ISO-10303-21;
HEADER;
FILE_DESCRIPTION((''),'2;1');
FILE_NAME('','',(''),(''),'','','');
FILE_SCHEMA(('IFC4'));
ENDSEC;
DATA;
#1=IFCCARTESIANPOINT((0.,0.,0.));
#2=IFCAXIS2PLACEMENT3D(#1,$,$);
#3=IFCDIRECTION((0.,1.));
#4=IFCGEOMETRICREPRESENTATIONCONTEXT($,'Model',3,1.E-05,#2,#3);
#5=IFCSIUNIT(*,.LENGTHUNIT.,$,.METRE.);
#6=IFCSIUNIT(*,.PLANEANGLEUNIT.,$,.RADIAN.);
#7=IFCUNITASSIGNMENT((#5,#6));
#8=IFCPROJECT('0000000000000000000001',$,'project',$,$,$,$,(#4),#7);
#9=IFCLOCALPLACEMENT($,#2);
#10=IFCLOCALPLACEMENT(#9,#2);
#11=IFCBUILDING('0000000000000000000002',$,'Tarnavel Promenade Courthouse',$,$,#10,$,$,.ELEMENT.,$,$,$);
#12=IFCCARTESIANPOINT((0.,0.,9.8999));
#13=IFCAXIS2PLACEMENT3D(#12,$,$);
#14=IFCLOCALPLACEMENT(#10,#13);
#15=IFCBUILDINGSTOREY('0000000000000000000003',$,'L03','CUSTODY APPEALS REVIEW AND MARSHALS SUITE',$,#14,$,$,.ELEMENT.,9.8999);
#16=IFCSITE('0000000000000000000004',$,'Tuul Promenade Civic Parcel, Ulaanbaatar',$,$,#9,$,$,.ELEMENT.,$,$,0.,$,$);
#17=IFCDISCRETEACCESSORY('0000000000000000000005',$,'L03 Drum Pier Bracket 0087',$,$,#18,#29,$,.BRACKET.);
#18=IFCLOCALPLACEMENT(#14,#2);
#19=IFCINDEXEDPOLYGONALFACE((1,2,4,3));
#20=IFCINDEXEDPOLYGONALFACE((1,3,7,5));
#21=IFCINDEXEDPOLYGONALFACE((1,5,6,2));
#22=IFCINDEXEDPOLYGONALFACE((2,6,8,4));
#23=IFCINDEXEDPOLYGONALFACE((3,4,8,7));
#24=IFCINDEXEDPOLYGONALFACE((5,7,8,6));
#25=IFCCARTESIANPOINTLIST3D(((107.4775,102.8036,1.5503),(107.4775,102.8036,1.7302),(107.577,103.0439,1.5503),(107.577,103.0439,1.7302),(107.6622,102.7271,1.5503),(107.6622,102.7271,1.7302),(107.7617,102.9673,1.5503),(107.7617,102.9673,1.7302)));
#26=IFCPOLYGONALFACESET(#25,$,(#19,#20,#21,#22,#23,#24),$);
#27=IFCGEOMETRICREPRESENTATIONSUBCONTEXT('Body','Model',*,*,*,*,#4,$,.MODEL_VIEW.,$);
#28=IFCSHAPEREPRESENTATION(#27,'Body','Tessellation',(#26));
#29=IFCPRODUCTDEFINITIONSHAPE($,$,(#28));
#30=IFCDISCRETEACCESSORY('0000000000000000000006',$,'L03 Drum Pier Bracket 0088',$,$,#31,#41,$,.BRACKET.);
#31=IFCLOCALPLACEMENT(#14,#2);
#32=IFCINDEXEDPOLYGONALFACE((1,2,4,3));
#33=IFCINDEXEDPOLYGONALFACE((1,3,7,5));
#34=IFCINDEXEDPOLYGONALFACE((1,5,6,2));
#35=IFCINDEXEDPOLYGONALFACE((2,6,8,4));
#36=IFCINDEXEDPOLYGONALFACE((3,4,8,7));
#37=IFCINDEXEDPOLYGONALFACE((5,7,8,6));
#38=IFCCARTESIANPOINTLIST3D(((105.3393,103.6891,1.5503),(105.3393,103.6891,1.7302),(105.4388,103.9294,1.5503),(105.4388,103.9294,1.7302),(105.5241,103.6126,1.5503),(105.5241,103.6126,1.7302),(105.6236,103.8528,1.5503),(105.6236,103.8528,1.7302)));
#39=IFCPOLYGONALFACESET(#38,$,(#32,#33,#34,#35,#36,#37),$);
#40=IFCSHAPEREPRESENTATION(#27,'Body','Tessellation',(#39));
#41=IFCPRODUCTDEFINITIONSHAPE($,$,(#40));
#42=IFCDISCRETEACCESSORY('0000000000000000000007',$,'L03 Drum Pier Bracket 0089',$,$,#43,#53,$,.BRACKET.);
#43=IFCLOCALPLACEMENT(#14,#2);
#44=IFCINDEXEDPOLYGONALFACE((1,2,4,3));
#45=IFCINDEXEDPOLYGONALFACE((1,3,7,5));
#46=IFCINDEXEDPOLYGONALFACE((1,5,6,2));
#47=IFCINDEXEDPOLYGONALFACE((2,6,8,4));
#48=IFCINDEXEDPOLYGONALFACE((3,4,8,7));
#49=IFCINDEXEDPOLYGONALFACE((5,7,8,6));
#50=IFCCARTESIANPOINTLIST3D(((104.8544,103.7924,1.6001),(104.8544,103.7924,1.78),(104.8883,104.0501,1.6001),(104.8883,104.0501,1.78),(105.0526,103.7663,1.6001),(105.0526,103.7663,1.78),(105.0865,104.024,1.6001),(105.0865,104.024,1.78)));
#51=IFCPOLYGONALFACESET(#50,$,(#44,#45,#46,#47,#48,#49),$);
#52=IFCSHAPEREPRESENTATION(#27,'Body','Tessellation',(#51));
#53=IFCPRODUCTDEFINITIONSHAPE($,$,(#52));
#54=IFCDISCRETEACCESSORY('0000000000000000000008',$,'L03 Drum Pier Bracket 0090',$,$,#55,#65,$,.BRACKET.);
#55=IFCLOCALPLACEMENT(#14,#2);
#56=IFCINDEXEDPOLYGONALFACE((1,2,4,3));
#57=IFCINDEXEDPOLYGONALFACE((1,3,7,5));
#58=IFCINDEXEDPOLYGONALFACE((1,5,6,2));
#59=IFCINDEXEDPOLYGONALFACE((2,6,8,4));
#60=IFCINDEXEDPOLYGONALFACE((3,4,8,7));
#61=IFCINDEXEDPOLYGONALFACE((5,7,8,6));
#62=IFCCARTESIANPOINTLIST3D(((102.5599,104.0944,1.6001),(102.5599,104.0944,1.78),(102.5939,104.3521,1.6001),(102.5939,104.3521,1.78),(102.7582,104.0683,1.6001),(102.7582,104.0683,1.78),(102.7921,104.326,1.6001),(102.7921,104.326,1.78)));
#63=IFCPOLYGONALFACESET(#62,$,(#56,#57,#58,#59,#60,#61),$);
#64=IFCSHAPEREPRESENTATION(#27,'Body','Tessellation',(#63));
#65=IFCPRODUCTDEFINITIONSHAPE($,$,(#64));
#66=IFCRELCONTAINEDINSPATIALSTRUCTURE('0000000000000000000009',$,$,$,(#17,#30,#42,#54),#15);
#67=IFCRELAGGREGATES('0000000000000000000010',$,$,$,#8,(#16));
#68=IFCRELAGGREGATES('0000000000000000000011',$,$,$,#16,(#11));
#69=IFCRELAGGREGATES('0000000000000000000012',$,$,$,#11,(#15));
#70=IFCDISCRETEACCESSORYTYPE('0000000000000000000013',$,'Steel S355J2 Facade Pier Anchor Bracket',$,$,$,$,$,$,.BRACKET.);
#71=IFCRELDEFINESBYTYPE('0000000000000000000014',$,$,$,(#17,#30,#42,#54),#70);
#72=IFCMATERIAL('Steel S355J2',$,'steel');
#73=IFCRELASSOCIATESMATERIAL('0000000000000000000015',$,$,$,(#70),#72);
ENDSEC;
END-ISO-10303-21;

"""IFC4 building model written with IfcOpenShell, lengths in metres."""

from ifc_helpers import new_model, si_unit, direction, frame, origin, origin_2d, place, context, subcontext, project, spatial, rectangle, extrude, material, type_object, element, save


model = new_model("IFC4")

# Units and contexts
model_context = context("Model", 3, precision=1e-05, world=origin(), true_north=direction((0.0, 1.0)))
body_context = subcontext(model_context, "Body", "Model", "MODEL_VIEW")
ifc_project = project(units=[si_unit("LENGTHUNIT", "METRE"), si_unit("PLANEANGLEUNIT", "RADIAN")], contexts=[model_context])

# Site, building, storey
site_placement = place(None, origin())
site = spatial("IfcSite", under=ifc_project, at=site_placement, Name="Tuul Promenade Civic Parcel, Ulaanbaatar", CompositionType="ELEMENT", RefElevation=0.0)
building_placement = place(site_placement, origin())
building = spatial("IfcBuilding", under=site, at=building_placement, Name="Tarnavel Promenade Courthouse", CompositionType="ELEMENT")
storey_placement = place(building_placement, frame((0.0, 0.0, 9.8999)))
storey = spatial("IfcBuildingStorey", under=building, at=storey_placement, Name="L03", Description="CUSTODY APPEALS REVIEW AND MARSHALS SUITE", CompositionType="ELEMENT", Elevation=9.8999)

# Shared definitions
ifc_material_1 = material(Name="Steel S355J2", Category="steel")

# Discrete accessories
discrete_accessory_type = type_object("IfcDiscreteAccessoryType", Name="Steel S355J2 Facade Pier Anchor Bracket", PredefinedType="BRACKET", material=ifc_material_1)
for number, where, z_axis, x_axis, name in (
    (1, (107.6196, 102.8855, 1.5503), (0.0, 0.0, 1.0), (-0.92388, 0.382683, 0.0), "L03 Drum Pier Bracket 0087"),
    (2, (105.4814, 103.771, 1.5503), (0.0, 0.0, 1.0), (-0.92388, 0.382683, 0.0), "L03 Drum Pier Bracket 0088"),
    (3, (104.9705, 103.9082, 1.6001), (0.0, 0.0, 1.0), (-0.991445, 0.130526, 0.0), "L03 Drum Pier Bracket 0089"),
    (4, (102.676, 104.2102, 1.6001), (0.0, 0.0, 1.0), (-0.991445, 0.130526, 0.0), "L03 Drum Pier Bracket 0090"),
):
    element("IfcDiscreteAccessory", number, at=place(storey_placement, frame(where, z_axis=z_axis, x_axis=x_axis)), inside=storey, type_object=discrete_accessory_type, Name=name, PredefinedType="BRACKET", context=body_context, shape_type="SweptSolid", body=[
        extrude(rectangle(XDim=0.2, YDim=0.26, at=origin_2d()), origin(), (0.0, 0.0, 1.0), 0.1799),
    ])

save(model, "model.ifc")
